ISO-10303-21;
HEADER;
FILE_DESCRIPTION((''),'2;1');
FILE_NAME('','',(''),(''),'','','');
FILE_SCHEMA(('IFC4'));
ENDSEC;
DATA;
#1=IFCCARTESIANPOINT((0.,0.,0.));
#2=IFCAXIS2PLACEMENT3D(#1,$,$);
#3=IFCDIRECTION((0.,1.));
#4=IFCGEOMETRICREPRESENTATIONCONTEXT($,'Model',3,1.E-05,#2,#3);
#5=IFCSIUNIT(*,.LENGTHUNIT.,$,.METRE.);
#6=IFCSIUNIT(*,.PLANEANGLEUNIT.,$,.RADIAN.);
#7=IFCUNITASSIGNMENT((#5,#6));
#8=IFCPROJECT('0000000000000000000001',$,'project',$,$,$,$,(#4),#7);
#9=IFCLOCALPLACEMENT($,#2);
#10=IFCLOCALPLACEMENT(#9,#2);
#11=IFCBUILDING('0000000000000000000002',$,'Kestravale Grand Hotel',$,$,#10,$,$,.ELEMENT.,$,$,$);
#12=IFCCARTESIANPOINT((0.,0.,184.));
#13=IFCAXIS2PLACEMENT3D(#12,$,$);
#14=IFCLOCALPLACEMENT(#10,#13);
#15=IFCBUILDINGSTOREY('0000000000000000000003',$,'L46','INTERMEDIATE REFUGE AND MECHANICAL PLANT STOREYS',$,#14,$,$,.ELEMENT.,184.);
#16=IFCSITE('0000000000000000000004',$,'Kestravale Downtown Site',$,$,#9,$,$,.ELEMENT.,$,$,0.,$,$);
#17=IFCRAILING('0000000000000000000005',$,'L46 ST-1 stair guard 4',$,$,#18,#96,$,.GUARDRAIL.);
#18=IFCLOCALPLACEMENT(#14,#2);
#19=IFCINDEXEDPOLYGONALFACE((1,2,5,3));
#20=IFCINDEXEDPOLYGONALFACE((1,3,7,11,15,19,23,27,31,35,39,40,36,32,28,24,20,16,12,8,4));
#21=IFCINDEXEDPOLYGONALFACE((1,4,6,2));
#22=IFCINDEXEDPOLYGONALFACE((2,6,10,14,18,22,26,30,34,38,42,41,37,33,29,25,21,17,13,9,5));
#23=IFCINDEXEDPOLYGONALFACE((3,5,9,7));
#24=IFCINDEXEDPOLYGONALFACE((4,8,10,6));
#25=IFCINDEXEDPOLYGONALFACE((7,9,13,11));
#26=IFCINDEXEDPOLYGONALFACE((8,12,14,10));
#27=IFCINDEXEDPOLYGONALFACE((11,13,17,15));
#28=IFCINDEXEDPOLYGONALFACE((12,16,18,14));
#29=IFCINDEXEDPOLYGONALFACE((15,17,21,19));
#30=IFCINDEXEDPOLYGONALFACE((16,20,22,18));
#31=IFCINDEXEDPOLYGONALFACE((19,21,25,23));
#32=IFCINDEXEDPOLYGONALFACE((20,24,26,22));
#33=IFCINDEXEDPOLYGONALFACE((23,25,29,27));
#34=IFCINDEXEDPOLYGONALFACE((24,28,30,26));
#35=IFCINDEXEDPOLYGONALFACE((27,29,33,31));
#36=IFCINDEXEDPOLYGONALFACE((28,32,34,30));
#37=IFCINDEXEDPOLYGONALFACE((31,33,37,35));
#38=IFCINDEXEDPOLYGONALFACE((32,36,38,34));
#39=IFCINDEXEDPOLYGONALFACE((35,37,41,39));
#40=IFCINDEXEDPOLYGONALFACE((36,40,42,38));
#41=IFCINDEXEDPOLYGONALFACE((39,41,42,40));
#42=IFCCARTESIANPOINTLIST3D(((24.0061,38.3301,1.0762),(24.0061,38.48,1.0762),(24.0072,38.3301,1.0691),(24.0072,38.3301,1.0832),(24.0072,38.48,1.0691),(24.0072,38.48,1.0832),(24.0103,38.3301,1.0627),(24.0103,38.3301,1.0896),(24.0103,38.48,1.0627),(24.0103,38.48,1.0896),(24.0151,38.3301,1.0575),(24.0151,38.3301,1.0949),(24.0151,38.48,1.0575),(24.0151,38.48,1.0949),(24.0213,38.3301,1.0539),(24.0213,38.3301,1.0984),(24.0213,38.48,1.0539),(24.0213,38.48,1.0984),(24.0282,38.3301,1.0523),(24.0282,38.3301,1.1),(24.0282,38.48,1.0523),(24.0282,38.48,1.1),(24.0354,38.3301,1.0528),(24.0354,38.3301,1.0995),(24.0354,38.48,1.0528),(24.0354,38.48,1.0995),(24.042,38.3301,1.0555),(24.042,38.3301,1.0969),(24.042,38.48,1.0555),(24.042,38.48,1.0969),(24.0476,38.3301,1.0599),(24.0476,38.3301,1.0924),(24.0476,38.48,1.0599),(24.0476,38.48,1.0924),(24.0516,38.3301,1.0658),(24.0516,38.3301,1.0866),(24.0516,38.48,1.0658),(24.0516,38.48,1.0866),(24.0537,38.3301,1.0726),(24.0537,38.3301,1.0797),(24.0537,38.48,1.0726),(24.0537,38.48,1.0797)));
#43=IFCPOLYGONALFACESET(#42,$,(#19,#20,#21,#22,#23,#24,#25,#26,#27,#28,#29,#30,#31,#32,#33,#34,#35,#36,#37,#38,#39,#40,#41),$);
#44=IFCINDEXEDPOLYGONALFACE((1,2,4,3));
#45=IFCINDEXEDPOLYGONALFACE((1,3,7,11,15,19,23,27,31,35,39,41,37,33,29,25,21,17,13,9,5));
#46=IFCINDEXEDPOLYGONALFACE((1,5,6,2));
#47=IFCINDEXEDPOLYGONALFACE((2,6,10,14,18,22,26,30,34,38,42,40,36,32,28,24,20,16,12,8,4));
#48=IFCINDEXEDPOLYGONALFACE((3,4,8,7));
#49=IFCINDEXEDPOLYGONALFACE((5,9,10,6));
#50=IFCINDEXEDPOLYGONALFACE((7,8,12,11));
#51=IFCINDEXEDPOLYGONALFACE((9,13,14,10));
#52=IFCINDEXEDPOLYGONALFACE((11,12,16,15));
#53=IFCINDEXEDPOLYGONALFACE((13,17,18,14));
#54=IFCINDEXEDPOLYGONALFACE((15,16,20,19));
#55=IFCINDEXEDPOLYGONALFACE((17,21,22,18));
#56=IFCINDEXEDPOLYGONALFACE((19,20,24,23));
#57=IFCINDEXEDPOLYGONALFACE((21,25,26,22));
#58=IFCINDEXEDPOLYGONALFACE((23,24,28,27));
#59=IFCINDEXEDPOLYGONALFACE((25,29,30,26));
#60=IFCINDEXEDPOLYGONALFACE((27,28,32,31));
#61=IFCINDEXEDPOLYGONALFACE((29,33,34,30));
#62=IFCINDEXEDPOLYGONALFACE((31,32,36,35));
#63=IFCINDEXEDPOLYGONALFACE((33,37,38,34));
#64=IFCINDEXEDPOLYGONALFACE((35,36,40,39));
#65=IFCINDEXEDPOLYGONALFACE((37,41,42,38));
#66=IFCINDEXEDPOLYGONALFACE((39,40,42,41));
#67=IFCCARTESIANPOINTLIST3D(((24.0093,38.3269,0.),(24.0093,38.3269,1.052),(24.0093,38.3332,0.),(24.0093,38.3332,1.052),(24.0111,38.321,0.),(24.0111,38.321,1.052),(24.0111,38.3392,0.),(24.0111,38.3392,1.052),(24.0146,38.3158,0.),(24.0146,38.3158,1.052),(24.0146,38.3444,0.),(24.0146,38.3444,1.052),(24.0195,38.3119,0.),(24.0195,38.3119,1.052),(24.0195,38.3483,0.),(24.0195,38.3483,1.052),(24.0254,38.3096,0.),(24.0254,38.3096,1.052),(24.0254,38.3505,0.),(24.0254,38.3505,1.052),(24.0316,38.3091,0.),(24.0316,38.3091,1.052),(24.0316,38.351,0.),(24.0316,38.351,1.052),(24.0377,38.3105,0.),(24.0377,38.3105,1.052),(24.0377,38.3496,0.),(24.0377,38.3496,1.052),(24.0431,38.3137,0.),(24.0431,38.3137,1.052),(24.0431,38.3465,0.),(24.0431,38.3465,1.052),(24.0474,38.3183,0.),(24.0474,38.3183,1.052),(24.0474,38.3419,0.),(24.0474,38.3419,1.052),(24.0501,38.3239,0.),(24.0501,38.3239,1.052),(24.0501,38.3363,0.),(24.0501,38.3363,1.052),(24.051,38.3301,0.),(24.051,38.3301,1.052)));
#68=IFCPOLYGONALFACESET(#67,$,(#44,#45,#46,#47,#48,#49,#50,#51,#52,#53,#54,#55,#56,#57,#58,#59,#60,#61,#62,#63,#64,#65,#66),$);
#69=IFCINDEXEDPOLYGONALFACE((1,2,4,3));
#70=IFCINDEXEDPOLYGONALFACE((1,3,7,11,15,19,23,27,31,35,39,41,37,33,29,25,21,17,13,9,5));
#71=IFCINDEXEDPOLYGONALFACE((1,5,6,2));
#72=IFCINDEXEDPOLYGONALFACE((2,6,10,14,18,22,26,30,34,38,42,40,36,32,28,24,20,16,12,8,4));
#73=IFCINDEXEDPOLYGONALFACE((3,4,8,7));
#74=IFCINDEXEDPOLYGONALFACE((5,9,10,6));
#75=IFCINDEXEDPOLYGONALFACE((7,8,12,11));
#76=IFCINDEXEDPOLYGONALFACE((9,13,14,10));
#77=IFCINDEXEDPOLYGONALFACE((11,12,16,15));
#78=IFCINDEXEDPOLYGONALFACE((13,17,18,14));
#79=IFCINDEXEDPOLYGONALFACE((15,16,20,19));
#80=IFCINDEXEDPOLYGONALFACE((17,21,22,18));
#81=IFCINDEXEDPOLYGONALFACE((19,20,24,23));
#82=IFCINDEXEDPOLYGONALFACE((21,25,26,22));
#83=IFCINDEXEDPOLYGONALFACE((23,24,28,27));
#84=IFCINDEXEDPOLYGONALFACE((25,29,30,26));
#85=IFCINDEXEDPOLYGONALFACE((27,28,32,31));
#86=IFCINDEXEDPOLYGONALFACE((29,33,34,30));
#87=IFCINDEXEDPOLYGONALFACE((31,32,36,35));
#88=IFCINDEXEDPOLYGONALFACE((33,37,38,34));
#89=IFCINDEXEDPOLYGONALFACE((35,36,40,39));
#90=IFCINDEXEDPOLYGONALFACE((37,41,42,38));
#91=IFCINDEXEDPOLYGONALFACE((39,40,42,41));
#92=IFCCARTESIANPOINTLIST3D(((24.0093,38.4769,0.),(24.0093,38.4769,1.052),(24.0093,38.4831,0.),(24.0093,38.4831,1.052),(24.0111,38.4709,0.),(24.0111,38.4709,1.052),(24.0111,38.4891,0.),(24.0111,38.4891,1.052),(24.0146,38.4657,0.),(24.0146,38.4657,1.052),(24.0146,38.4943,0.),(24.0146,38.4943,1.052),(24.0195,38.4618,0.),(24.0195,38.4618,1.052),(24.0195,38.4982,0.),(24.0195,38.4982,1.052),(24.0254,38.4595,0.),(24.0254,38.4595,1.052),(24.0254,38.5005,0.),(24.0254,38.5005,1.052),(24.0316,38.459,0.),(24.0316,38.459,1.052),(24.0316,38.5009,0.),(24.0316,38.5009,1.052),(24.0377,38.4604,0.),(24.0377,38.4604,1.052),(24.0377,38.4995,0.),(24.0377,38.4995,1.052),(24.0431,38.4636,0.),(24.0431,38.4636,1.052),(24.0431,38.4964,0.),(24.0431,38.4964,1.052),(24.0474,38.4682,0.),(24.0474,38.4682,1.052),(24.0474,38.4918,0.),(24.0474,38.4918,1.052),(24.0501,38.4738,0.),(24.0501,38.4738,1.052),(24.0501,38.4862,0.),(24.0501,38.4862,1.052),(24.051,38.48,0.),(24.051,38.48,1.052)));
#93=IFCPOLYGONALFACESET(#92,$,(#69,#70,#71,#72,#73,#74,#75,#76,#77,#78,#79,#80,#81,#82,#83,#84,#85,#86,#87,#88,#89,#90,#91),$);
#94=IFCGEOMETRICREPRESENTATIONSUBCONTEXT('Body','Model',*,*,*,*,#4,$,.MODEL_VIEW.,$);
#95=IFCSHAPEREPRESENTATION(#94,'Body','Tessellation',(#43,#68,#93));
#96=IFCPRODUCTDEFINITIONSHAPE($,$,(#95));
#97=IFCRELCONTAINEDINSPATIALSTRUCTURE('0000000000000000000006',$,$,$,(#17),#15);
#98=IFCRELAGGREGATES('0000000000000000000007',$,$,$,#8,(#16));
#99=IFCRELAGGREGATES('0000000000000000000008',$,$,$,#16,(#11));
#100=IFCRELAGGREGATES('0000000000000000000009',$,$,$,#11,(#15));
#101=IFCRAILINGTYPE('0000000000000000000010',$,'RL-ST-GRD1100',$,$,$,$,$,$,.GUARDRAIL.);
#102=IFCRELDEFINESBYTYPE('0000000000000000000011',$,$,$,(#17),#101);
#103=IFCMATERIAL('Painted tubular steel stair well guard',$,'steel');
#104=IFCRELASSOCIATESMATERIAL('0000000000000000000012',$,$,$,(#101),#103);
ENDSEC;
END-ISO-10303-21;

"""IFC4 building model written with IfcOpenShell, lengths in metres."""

from ifc_helpers import new_model, si_unit, direction, frame, origin, origin_2d, place, context, subcontext, project, spatial, circle, extrude, material, type_object, element, save


model = new_model("IFC4")

# Units and contexts
model_context = context("Model", 3, precision=1e-05, world=origin(), true_north=direction((0.0, 1.0)))
body_context = subcontext(model_context, "Body", "Model", "MODEL_VIEW")
ifc_project = project(units=[si_unit("LENGTHUNIT", "METRE"), si_unit("PLANEANGLEUNIT", "RADIAN")], contexts=[model_context])

# Site, building, storey
site_placement = place(None, origin())
site = spatial("IfcSite", under=ifc_project, at=site_placement, Name="Kestravale Downtown Site", CompositionType="ELEMENT", RefElevation=0.0)
building_placement = place(site_placement, origin())
building = spatial("IfcBuilding", under=site, at=building_placement, Name="Kestravale Grand Hotel", CompositionType="ELEMENT")
storey_placement = place(building_placement, frame((0.0, 0.0, 184.0)))
storey = spatial("IfcBuildingStorey", under=building, at=storey_placement, Name="L46", Description="INTERMEDIATE REFUGE AND MECHANICAL PLANT STOREYS", CompositionType="ELEMENT", Elevation=184.0)

# Railing
ifc_material_1 = material(Name="Painted tubular steel stair well guard", Category="steel")
railing_type_1 = type_object("IfcRailingType", Name="RL-ST-GRD1100", PredefinedType="GUARDRAIL", material=ifc_material_1)
railing_1_placement = place(storey_placement, frame((24.03, 38.3301, 0.0)))
element("IfcRailing", 1, at=railing_1_placement, inside=storey, type_object=railing_type_1, Name="L46 ST-1 stair guard 4", PredefinedType="GUARDRAIL", context=body_context, shape_type="SweptSolid", body=[
    extrude(circle(Radius=0.0239, at=origin_2d()), frame((0.0, 0.0, 1.0762), z_axis=(0.0, 1.0, 0.0), x_axis=(-1.0, 0.0, 0.0)), (0.0, 0.0, 1.0), 0.1499),
    extrude(circle(Radius=0.021, at=origin_2d()), origin(), (0.0, 0.0, 1.0), 1.052),
    extrude(circle(Radius=0.021, at=origin_2d()), frame((0.0, 0.1499, 0.0)), (0.0, 0.0, 1.0), 1.052),
])

save(model, "model.ifc")
